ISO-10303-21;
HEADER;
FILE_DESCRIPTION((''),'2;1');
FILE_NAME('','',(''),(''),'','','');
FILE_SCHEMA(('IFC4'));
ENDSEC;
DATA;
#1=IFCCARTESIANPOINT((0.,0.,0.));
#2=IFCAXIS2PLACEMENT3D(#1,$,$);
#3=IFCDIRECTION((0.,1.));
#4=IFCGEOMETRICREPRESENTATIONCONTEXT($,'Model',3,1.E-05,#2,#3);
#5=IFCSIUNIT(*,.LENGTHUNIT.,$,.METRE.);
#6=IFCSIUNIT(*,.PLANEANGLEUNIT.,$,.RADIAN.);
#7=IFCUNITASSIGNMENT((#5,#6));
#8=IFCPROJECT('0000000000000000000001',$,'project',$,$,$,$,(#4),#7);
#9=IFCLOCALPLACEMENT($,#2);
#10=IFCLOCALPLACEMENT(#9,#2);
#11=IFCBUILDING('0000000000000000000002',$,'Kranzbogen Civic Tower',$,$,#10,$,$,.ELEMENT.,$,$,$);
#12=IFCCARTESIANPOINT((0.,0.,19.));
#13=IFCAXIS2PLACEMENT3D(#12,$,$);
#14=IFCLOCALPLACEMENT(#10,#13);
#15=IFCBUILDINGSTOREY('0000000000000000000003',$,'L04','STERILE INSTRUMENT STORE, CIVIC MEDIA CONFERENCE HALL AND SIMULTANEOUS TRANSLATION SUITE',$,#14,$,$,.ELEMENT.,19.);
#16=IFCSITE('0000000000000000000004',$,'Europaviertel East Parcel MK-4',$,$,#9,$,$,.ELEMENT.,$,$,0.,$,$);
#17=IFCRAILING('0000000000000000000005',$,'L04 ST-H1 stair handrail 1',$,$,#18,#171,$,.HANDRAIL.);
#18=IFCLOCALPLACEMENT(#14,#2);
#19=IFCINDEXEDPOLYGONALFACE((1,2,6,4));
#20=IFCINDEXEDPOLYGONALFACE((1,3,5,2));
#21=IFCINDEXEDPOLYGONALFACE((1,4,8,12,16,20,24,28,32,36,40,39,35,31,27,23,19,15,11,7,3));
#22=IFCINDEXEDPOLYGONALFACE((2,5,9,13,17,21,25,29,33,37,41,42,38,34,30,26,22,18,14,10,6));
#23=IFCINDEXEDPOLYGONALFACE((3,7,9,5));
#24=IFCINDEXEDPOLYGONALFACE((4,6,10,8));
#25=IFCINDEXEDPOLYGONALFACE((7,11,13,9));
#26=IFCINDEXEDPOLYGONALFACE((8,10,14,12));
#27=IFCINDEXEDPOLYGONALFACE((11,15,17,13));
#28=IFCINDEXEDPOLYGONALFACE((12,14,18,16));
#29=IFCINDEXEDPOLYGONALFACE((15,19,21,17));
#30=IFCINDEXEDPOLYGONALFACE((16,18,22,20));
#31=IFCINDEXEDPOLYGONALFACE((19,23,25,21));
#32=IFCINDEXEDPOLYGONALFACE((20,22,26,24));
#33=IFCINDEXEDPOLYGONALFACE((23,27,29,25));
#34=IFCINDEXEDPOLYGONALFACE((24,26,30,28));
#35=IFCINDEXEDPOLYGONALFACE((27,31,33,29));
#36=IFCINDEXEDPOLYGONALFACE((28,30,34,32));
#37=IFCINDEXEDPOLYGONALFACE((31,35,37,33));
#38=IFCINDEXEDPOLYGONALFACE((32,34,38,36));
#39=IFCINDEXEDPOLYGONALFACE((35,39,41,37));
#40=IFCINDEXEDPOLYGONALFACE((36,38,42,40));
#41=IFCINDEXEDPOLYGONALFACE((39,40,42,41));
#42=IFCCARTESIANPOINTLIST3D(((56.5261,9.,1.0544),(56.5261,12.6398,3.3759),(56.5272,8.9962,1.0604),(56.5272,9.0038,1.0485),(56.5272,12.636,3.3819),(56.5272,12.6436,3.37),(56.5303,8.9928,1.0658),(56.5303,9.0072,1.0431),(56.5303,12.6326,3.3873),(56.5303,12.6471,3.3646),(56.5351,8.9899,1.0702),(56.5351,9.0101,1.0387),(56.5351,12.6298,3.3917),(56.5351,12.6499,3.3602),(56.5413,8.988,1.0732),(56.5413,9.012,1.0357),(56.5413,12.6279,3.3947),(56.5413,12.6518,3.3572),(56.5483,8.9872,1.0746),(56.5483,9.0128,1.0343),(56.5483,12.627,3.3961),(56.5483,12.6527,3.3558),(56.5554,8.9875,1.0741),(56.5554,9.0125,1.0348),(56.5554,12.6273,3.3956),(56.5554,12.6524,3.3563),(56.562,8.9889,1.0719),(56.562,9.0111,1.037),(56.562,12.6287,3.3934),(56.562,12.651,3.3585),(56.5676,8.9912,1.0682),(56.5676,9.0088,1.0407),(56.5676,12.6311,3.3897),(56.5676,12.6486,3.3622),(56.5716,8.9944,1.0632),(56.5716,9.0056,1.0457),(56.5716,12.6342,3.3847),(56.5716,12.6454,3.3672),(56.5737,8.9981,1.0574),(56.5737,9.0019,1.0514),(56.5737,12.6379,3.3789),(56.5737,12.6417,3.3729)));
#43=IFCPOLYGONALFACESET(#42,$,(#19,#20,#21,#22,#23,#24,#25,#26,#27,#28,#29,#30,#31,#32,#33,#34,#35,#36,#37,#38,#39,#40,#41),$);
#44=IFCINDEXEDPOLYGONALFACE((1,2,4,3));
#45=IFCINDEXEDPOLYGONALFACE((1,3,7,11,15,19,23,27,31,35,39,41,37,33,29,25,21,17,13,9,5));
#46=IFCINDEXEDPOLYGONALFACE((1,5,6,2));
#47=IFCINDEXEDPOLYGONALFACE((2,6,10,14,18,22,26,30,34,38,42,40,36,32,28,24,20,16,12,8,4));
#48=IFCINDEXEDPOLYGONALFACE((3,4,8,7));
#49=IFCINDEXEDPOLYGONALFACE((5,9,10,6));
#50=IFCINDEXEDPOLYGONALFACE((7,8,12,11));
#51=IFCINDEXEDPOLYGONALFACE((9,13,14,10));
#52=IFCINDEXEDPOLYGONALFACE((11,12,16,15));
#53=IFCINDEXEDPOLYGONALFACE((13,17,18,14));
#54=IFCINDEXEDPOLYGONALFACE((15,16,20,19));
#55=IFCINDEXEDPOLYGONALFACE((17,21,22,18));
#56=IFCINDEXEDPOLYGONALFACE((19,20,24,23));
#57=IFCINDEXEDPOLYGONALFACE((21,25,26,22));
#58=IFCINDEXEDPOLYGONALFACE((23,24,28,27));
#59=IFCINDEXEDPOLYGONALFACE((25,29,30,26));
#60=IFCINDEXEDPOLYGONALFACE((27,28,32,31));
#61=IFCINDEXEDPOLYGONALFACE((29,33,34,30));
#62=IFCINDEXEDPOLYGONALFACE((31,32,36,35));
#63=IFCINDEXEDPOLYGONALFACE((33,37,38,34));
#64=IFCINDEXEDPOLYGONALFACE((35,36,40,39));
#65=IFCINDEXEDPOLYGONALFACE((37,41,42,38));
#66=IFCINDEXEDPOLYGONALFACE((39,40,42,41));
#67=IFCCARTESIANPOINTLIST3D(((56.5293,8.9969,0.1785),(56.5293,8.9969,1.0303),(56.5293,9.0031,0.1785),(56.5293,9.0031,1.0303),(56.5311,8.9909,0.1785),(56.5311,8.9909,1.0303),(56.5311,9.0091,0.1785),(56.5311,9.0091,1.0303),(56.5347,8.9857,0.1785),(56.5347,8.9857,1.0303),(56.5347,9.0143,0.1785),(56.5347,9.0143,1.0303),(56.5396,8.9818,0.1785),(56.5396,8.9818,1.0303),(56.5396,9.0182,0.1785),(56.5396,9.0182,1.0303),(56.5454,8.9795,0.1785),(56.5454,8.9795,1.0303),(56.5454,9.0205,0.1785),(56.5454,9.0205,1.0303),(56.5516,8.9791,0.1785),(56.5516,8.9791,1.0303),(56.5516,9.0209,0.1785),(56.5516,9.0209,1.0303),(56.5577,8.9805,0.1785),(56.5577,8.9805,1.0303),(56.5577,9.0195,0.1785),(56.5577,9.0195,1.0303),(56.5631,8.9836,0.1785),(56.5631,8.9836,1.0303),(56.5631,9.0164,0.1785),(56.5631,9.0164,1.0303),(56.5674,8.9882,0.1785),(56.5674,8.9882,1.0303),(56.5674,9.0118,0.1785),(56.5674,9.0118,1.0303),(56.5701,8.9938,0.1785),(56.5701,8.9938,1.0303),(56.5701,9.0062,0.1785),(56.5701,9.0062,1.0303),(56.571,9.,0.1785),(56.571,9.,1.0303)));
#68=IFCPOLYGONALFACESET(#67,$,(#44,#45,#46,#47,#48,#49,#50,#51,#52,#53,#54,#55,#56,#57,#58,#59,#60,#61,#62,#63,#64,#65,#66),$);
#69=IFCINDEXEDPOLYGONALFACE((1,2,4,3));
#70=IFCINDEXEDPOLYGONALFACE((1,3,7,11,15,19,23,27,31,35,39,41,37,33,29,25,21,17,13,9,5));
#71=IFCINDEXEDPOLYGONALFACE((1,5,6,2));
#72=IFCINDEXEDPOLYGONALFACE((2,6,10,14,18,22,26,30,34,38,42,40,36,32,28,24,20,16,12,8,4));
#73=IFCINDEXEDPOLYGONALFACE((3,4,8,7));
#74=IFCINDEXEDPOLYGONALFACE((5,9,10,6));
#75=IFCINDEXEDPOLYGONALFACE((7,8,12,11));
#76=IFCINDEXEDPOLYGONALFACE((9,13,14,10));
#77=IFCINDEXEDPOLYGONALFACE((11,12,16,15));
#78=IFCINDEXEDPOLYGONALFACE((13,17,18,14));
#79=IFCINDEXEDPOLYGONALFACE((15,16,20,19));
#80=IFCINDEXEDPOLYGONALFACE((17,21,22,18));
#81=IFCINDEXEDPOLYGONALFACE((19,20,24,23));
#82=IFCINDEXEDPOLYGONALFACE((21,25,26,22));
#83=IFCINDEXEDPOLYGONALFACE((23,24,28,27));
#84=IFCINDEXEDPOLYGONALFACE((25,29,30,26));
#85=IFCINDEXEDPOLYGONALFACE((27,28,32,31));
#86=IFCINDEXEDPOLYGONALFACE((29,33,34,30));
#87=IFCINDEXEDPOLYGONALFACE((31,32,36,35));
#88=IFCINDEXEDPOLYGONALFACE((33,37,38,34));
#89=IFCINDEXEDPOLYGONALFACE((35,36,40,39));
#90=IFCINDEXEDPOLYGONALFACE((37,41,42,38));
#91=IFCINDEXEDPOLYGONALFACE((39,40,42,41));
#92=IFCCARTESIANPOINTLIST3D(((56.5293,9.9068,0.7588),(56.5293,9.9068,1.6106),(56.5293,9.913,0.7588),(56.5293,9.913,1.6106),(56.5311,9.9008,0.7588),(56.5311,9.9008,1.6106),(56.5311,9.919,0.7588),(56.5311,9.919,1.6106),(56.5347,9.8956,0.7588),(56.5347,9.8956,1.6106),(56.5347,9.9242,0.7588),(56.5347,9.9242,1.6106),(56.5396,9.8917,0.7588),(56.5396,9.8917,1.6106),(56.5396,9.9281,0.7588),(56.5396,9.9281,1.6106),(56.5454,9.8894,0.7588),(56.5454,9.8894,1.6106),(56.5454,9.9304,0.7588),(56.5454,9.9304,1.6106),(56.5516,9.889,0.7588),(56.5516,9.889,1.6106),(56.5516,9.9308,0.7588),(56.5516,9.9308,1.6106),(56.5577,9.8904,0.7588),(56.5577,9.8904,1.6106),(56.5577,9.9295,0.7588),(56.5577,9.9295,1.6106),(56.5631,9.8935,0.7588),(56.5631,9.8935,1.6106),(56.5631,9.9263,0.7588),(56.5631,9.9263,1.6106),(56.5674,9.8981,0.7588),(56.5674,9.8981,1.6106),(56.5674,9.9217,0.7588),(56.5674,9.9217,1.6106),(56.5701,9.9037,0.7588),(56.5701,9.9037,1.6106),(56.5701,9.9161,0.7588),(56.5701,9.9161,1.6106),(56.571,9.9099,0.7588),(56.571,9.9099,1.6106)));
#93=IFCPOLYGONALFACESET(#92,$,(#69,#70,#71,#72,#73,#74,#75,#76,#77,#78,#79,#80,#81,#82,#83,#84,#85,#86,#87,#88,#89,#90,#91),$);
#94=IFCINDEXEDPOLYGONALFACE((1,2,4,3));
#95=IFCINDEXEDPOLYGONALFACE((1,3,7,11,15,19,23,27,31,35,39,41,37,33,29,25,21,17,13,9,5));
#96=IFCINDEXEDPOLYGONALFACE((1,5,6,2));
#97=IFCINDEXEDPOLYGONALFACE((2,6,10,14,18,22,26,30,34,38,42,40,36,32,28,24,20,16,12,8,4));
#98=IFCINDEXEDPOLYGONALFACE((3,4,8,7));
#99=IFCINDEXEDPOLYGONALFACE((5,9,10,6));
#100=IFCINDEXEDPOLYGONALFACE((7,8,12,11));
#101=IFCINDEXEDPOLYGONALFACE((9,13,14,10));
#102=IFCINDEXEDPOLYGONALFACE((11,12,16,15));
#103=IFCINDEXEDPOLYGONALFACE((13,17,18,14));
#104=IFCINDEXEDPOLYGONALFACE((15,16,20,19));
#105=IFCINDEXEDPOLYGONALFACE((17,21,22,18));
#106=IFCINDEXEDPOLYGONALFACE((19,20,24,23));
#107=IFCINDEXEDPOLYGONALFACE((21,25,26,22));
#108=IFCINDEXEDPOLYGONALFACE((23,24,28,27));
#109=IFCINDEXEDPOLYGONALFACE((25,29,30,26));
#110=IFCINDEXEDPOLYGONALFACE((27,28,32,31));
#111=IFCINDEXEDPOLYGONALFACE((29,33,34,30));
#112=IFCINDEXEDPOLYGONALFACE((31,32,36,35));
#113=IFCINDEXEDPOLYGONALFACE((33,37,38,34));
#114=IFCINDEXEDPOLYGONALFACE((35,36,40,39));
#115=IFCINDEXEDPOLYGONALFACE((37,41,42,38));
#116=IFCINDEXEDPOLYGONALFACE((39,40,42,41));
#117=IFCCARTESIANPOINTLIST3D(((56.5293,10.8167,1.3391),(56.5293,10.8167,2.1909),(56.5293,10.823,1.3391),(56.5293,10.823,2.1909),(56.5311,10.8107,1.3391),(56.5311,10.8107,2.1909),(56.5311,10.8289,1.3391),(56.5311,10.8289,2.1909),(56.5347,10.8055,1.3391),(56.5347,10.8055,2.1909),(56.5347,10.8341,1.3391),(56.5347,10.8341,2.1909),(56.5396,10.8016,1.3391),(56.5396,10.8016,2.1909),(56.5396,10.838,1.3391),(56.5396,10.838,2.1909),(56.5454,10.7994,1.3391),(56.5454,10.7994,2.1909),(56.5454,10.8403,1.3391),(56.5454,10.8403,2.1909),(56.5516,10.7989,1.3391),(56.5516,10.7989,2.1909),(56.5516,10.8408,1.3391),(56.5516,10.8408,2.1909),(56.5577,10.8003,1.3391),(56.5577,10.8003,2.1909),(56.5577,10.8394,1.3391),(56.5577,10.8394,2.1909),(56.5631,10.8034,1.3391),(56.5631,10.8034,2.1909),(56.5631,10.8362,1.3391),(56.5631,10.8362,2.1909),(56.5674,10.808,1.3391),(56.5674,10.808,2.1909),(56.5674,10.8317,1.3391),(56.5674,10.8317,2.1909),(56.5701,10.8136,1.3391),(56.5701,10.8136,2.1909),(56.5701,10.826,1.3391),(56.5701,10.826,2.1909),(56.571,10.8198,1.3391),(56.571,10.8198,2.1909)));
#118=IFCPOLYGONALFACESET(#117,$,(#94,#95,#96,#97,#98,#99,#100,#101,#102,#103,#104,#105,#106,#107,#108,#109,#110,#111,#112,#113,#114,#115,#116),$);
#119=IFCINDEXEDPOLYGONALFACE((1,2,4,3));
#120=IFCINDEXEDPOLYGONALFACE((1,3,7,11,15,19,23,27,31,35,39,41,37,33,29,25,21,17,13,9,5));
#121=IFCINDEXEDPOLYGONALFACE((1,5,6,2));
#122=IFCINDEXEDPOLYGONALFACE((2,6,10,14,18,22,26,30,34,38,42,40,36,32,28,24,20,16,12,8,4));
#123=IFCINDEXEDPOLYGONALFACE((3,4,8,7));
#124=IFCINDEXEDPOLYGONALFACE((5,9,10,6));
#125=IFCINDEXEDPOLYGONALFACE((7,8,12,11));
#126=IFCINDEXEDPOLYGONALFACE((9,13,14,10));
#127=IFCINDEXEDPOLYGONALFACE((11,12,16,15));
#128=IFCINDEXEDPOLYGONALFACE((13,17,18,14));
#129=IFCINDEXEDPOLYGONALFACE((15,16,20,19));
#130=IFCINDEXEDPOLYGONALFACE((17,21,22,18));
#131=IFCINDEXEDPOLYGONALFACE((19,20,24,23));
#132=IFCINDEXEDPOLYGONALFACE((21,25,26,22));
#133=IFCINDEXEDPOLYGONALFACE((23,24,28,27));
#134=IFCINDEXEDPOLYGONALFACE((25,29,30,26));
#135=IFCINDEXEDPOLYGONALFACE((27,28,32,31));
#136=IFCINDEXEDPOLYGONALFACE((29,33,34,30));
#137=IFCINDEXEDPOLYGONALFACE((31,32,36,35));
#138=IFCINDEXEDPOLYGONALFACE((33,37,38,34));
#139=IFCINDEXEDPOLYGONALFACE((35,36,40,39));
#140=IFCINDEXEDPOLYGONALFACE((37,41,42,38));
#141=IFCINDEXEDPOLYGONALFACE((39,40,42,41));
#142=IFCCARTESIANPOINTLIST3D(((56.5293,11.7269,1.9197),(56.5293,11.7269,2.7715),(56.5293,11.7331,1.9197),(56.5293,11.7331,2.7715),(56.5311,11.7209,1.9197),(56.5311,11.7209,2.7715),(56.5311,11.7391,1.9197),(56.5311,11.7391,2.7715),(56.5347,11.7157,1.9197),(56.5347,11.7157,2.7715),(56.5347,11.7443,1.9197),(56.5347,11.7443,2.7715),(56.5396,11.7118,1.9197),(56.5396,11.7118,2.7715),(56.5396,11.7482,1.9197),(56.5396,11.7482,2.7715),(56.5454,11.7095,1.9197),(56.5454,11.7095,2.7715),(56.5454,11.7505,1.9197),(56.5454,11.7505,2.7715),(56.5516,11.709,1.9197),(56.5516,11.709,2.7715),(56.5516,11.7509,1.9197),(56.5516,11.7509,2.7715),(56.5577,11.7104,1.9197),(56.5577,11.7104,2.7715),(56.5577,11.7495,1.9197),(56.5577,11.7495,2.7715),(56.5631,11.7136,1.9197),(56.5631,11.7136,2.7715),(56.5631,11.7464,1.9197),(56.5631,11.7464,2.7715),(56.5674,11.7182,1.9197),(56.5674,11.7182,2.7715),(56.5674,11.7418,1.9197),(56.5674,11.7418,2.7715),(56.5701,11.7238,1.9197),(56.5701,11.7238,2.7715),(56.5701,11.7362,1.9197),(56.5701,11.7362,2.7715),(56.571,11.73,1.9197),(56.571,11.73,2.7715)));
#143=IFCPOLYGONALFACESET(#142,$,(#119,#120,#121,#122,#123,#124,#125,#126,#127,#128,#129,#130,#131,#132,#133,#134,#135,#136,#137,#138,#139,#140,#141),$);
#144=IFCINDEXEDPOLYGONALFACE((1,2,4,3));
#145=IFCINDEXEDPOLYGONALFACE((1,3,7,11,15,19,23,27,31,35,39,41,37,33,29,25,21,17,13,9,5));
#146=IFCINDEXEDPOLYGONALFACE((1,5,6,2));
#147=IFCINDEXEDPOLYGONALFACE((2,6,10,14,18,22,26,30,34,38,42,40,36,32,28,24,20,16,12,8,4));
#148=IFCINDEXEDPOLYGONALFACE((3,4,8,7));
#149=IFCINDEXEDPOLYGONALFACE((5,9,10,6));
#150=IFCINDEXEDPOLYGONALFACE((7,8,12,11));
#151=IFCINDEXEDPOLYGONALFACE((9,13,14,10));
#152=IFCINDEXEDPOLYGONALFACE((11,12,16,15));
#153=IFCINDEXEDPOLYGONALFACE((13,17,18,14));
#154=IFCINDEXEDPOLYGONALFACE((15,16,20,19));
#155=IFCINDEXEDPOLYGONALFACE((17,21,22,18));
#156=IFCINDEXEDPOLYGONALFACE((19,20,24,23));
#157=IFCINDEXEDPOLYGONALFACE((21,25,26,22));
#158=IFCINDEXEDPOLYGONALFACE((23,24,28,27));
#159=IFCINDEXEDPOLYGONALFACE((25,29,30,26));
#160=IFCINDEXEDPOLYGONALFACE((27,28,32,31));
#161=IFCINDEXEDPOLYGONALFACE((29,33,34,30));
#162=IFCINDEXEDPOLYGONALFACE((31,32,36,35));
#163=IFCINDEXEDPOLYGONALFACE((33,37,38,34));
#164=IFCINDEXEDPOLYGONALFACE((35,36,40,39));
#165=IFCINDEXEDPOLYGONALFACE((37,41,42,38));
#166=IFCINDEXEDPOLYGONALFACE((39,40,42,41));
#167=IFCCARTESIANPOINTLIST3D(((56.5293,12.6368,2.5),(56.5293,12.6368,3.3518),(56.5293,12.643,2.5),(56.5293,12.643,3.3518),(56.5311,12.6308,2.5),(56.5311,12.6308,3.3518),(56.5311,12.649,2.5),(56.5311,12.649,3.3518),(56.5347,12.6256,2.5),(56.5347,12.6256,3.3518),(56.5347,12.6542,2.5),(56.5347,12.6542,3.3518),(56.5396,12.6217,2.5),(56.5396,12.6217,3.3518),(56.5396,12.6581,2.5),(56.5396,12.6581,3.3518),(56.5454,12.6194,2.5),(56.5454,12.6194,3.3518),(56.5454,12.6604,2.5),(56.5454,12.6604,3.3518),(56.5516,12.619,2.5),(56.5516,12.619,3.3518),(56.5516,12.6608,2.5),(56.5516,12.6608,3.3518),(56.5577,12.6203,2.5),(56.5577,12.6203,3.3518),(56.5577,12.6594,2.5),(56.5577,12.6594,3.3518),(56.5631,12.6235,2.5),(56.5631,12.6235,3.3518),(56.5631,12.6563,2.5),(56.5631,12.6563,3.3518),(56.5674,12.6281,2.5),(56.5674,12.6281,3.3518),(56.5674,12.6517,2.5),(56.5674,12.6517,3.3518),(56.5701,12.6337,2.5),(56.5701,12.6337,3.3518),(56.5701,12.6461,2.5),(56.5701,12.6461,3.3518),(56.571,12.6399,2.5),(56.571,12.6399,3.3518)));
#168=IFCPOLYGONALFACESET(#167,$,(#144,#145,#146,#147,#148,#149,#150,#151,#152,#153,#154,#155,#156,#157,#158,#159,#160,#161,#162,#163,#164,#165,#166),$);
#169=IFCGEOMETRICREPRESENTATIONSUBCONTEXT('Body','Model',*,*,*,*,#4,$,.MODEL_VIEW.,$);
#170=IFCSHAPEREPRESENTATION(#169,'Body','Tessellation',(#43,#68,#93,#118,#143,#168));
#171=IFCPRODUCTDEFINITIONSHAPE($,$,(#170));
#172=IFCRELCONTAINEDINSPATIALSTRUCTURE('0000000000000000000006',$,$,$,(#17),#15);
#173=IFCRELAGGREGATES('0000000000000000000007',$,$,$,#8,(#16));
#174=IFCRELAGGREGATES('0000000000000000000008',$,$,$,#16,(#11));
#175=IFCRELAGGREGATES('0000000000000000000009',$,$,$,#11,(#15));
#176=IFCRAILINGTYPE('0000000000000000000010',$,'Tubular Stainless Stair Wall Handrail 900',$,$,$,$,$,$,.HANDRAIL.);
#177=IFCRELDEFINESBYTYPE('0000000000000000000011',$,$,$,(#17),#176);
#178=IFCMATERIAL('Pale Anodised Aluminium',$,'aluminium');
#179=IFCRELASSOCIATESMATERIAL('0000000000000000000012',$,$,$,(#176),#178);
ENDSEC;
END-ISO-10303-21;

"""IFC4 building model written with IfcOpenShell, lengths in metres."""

from ifc_helpers import new_model, si_unit, direction, frame, origin, origin_2d, place, context, subcontext, project, spatial, circle, extrude, material, type_object, element, save


model = new_model("IFC4")

# Units and contexts
model_context = context("Model", 3, precision=1e-05, world=origin(), true_north=direction((0.0, 1.0)))
body_context = subcontext(model_context, "Body", "Model", "MODEL_VIEW")
ifc_project = project(units=[si_unit("LENGTHUNIT", "METRE"), si_unit("PLANEANGLEUNIT", "RADIAN")], contexts=[model_context])

# Site, building, storey
site_placement = place(None, origin())
site = spatial("IfcSite", under=ifc_project, at=site_placement, Name="Europaviertel East Parcel MK-4", CompositionType="ELEMENT", RefElevation=0.0)
building_placement = place(site_placement, origin())
building = spatial("IfcBuilding", under=site, at=building_placement, Name="Kranzbogen Civic Tower", CompositionType="ELEMENT")
storey_placement = place(building_placement, frame((0.0, 0.0, 19.0)))
storey = spatial("IfcBuildingStorey", under=building, at=storey_placement, Name="L04", Description="STERILE INSTRUMENT STORE, CIVIC MEDIA CONFERENCE HALL AND SIMULTANEOUS TRANSLATION SUITE", CompositionType="ELEMENT", Elevation=19.0)

# Shared definitions
ifc_material_1 = material(Name="Pale Anodised Aluminium", Category="aluminium")

# Railing
railing_type_1 = type_object("IfcRailingType", Name="Tubular Stainless Stair Wall Handrail 900", PredefinedType="HANDRAIL", material=ifc_material_1)
railing_1_placement = place(storey_placement, frame((56.55, 9.0, 0.1785)))
element("IfcRailing", 1, at=railing_1_placement, inside=storey, type_object=railing_type_1, Name="L04 ST-H1 stair handrail 1", PredefinedType="HANDRAIL", context=body_context, shape_type="SweptSolid", body=[
    extrude(circle(Radius=0.0239, at=origin_2d()), frame((0.0, 0.0, 0.876), z_axis=(0.0, 0.843112, 0.537739), x_axis=(-1.0, 0.0, 0.0)), (0.0, 0.0, 1.0), 4.3171),
    extrude(circle(Radius=0.021, at=origin_2d()), origin(), (0.0, 0.0, 1.0), 0.8518),
    extrude(circle(Radius=0.021, at=origin_2d()), frame((0.0, 0.9099, 0.5803)), (0.0, 0.0, 1.0), 0.8518),
    extrude(circle(Radius=0.021, at=origin_2d()), frame((0.0, 1.8198, 1.1606)), (0.0, 0.0, 1.0), 0.8518),
    extrude(circle(Radius=0.021, at=origin_2d()), frame((0.0, 2.73, 1.7412)), (0.0, 0.0, 1.0), 0.8518),
    extrude(circle(Radius=0.021, at=origin_2d()), frame((0.0, 3.6399, 2.3215)), (0.0, 0.0, 1.0), 0.8518),
])

save(model, "model.ifc")
